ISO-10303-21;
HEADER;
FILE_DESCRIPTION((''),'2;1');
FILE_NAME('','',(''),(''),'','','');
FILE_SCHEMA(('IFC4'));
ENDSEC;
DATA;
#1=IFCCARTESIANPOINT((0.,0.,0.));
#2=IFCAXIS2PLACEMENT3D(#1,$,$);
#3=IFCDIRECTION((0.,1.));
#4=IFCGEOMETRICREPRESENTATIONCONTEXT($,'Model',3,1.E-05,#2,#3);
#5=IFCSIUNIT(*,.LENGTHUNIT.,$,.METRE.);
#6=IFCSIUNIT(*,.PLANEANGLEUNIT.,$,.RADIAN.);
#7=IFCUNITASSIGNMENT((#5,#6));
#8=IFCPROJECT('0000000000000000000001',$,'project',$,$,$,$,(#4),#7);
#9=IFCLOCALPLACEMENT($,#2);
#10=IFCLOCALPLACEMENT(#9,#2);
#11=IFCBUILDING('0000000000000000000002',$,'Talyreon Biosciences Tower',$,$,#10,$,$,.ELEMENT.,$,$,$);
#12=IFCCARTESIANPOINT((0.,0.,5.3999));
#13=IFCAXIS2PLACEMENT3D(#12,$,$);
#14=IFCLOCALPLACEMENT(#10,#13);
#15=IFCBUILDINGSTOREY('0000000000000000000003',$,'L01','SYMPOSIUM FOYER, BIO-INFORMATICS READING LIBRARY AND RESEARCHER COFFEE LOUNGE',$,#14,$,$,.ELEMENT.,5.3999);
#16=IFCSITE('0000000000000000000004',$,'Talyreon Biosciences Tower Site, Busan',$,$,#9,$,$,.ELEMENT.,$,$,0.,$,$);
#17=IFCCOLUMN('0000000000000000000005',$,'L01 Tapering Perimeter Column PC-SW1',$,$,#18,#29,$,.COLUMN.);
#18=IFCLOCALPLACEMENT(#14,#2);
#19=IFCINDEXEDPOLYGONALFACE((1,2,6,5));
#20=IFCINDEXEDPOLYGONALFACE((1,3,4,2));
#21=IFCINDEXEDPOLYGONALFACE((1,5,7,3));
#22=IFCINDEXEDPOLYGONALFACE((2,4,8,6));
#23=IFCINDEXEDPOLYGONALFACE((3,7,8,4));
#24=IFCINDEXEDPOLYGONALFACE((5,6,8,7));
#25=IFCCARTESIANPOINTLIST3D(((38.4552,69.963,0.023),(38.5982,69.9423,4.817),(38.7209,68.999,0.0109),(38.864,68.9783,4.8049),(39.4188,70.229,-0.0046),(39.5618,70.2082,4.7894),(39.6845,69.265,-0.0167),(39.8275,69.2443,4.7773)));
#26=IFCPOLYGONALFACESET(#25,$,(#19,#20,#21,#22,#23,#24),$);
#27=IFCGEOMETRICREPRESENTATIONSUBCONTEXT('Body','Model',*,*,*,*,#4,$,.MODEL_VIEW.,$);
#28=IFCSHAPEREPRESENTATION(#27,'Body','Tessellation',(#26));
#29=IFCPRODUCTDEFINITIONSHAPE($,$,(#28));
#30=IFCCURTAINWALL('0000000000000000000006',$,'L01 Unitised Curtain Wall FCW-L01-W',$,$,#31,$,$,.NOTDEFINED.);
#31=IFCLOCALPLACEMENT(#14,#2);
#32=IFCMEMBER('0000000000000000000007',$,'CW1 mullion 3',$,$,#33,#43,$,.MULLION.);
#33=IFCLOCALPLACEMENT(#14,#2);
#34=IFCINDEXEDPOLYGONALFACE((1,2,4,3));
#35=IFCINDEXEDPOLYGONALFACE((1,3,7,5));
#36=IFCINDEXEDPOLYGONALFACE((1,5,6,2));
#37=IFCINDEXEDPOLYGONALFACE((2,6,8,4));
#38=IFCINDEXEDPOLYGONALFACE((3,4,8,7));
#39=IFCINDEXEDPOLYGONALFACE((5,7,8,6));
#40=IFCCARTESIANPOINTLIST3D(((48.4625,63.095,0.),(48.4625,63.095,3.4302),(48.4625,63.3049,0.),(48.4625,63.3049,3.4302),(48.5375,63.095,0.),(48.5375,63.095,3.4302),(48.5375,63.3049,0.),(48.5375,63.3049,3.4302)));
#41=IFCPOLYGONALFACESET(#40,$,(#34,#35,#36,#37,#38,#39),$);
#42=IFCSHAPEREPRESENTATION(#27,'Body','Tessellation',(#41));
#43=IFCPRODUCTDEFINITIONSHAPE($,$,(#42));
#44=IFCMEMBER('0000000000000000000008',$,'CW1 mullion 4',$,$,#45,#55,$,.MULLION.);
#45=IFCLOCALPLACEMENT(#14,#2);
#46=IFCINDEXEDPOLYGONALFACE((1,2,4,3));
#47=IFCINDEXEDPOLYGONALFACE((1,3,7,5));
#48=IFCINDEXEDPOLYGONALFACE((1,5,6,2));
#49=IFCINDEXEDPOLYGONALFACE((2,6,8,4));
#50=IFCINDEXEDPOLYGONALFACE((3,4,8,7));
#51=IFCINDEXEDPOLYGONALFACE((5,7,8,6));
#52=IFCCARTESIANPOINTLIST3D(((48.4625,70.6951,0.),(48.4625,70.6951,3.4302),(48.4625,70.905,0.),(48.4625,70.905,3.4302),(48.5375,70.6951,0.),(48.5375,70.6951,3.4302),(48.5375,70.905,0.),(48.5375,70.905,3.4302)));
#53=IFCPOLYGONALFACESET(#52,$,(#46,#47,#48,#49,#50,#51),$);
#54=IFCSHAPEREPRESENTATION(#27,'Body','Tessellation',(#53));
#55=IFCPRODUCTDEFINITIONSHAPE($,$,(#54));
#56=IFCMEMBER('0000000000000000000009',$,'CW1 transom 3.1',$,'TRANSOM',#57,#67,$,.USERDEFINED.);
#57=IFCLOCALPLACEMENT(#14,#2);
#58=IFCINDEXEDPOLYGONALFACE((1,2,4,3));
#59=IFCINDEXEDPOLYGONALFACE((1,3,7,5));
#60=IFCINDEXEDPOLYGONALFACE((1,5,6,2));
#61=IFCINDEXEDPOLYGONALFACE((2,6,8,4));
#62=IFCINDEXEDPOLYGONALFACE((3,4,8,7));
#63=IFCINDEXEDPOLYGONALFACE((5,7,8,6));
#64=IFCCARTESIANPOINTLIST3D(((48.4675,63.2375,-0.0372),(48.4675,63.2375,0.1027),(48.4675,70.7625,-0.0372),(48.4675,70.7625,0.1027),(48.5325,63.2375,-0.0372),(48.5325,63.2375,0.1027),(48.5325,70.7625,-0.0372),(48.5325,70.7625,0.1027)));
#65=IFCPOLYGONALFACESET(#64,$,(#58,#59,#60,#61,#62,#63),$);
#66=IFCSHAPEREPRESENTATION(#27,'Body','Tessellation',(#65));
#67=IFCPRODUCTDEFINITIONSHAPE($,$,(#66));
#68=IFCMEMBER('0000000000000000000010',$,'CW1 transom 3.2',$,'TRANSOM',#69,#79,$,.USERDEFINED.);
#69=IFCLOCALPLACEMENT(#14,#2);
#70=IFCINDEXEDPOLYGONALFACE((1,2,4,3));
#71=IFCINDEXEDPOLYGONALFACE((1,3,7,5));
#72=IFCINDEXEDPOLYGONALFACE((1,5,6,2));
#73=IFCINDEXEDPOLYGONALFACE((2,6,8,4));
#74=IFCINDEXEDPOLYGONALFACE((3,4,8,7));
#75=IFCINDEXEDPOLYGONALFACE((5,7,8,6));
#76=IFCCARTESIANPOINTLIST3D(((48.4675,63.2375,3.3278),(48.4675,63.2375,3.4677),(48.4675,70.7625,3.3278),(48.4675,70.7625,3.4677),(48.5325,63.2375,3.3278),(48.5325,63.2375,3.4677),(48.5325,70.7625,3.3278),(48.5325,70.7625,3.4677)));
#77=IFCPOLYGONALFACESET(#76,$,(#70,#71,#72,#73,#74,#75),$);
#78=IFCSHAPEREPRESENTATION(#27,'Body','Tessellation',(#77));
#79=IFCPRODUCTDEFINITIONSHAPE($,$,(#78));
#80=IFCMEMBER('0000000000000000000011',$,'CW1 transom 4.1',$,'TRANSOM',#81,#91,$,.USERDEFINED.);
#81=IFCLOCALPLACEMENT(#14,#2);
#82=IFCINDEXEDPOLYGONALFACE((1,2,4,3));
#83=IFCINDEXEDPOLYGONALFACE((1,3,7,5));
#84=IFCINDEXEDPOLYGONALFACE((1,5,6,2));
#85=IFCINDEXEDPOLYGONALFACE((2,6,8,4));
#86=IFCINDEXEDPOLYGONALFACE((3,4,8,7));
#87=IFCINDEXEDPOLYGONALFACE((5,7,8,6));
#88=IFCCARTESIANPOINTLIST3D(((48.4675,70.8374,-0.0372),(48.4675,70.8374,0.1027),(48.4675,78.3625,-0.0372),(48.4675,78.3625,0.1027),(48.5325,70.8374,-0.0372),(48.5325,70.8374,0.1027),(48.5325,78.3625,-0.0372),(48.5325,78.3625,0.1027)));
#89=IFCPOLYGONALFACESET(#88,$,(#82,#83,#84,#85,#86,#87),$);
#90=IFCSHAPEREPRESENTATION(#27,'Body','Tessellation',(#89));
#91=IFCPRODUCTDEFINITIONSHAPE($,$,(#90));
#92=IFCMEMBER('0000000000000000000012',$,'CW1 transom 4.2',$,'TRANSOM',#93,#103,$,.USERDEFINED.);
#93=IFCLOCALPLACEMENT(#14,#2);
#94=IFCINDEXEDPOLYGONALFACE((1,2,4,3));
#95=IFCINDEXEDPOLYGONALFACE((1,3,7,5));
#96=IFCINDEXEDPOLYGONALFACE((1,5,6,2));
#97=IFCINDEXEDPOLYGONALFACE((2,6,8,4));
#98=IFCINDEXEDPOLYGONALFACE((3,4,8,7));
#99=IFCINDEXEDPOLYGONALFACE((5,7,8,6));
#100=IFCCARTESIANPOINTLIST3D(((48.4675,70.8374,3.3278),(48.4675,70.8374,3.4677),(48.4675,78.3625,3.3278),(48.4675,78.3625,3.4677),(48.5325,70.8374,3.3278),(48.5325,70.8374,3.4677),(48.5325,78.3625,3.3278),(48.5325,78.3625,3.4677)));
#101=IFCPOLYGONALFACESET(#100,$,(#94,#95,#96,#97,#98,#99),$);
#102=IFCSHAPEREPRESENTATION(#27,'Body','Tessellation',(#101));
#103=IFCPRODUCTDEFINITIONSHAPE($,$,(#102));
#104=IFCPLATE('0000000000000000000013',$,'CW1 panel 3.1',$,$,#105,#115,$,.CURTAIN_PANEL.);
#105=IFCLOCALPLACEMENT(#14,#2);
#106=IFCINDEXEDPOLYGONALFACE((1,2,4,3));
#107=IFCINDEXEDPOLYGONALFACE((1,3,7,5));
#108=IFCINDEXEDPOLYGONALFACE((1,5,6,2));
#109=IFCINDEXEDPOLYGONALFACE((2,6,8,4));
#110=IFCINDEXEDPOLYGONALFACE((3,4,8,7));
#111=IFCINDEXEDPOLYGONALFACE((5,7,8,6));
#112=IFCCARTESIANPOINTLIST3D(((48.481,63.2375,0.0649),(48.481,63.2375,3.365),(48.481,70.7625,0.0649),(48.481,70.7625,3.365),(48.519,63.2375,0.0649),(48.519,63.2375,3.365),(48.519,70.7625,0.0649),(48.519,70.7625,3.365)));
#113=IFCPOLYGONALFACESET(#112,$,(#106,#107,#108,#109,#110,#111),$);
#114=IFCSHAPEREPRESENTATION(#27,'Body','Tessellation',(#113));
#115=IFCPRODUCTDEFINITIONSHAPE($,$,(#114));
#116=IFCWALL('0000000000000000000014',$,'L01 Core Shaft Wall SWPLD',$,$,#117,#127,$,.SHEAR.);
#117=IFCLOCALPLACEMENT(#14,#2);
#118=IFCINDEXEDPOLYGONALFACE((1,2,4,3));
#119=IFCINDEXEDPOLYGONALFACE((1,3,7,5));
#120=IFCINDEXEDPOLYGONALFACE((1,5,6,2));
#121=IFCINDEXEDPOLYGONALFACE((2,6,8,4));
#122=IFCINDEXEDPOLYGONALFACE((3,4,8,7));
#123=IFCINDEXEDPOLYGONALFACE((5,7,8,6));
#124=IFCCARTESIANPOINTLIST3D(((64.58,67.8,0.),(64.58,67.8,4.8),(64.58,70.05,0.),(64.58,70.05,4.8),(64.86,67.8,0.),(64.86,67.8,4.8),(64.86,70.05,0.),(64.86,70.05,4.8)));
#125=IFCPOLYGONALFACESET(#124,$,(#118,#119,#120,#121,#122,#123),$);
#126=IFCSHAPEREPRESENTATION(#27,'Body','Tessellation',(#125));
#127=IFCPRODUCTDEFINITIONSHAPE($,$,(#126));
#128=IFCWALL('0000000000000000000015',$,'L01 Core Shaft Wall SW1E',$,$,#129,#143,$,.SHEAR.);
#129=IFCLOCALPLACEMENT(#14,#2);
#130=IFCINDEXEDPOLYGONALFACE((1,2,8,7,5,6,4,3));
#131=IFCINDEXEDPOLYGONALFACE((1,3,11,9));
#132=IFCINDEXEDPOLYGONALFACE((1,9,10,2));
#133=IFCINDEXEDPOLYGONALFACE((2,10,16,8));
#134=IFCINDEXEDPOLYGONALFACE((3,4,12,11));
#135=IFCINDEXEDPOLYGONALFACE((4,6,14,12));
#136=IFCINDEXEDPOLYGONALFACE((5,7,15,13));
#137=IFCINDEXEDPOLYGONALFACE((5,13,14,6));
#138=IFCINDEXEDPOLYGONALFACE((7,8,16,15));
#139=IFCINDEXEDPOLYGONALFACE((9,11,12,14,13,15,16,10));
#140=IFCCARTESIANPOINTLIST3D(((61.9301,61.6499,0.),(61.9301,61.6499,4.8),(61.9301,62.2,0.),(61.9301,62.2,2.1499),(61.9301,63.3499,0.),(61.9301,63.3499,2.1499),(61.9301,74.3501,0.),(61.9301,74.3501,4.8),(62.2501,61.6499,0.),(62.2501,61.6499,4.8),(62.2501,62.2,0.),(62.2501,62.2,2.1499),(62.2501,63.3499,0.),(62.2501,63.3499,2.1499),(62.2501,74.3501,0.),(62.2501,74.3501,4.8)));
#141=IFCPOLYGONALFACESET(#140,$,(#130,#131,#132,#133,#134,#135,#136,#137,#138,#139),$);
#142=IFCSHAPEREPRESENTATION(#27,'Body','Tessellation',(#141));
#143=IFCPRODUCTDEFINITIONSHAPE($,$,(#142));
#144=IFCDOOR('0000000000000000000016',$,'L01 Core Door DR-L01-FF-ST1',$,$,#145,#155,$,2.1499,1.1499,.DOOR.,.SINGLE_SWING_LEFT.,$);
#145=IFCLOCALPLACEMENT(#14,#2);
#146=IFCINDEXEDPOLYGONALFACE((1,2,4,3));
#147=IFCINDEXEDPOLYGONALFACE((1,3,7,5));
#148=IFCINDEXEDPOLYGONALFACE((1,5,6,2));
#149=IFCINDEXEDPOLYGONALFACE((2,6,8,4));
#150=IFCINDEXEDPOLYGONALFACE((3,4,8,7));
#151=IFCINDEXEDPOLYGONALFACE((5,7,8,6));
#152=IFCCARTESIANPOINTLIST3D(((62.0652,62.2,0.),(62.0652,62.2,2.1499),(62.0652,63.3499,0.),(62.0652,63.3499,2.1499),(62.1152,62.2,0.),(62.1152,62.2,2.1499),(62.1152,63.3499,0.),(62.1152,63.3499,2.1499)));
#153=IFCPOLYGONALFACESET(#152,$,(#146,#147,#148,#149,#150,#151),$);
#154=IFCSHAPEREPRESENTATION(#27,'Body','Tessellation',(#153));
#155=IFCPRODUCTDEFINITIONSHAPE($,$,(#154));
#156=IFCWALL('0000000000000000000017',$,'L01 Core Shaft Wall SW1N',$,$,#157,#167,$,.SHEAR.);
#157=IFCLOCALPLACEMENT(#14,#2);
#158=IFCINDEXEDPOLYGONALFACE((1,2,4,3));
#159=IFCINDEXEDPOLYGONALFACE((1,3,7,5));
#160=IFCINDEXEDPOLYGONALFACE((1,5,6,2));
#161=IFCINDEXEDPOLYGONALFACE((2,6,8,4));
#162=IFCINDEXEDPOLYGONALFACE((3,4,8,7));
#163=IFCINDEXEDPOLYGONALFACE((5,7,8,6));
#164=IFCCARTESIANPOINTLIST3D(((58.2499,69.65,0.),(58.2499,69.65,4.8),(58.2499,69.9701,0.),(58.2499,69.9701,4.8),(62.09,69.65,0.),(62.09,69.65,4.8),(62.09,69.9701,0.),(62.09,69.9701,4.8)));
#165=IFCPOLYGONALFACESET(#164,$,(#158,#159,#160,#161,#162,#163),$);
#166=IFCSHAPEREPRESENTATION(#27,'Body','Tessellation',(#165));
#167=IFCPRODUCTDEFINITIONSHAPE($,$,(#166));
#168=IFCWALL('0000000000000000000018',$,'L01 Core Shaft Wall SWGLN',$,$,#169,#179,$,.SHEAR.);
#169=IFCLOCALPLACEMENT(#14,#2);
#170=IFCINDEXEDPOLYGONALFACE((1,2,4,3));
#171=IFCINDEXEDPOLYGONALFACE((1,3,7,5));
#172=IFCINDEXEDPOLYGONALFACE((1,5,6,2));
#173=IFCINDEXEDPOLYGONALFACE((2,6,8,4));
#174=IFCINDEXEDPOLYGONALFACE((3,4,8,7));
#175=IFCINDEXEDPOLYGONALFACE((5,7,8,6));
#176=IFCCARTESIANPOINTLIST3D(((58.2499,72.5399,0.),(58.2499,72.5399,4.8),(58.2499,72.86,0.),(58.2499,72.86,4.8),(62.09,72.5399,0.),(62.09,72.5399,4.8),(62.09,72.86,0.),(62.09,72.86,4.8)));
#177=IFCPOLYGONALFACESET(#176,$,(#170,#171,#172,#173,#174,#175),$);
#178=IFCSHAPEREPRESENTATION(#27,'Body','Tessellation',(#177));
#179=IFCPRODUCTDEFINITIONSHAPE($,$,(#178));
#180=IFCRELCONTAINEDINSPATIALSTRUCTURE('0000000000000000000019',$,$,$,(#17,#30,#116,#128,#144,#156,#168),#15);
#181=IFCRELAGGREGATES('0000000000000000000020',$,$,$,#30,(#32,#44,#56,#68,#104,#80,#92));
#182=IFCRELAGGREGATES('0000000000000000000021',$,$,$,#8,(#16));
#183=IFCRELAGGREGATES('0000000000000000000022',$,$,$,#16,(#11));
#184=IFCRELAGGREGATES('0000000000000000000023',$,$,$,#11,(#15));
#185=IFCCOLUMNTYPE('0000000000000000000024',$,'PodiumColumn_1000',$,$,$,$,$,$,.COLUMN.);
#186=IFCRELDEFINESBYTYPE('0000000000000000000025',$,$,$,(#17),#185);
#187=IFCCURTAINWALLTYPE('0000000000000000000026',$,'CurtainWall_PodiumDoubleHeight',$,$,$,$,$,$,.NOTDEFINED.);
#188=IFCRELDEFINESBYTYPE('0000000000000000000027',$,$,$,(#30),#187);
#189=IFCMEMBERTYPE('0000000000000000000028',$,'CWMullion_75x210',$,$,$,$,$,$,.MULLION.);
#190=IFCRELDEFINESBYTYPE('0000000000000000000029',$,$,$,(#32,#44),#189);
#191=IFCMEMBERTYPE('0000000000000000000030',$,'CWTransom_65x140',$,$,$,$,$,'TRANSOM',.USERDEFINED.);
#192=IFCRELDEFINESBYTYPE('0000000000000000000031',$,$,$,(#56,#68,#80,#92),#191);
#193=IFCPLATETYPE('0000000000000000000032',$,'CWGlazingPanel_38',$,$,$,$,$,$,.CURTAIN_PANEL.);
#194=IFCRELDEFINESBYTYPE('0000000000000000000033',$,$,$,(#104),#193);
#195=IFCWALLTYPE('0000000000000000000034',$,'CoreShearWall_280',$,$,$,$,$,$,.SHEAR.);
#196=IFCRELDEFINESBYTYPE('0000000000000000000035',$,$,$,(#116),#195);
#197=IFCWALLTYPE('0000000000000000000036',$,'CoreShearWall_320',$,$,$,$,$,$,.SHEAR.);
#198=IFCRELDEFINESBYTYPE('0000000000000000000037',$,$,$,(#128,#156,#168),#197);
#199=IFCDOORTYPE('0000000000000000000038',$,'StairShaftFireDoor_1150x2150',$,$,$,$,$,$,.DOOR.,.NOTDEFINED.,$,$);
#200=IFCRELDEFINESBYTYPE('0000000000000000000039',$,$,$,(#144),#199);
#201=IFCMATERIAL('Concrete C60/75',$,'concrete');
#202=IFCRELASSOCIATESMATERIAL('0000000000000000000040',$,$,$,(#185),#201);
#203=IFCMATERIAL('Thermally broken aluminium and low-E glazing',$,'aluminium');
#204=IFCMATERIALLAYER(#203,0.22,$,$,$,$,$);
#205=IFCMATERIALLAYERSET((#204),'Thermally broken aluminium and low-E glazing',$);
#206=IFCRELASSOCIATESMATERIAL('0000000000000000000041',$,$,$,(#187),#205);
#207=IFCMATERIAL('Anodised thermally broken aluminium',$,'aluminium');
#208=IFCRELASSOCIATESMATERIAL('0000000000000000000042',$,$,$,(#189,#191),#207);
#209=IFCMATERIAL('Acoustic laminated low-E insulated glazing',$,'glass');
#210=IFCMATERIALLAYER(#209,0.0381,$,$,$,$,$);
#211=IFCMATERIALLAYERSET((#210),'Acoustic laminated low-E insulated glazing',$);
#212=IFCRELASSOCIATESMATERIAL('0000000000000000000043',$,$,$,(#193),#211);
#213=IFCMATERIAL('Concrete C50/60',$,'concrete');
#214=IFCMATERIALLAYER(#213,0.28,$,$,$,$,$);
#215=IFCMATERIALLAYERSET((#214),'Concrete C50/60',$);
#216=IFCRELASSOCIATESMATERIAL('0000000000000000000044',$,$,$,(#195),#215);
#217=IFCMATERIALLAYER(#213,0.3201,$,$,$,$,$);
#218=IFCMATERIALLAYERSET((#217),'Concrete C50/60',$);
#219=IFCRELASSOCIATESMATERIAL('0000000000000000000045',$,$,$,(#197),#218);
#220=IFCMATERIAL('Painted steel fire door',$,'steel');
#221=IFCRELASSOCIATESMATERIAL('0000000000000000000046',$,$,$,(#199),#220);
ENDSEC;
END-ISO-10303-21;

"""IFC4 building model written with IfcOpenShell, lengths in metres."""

from ifc_helpers import new_model, si_unit, direction, frame, frame_2d, origin, origin_2d, place, context, subcontext, project, spatial, rectangle, extrude, material, layer, layer_set, material_profile, profile_set, type_object, element, fill, aggregate, save


model = new_model("IFC4")

# Units and contexts
model_context = context("Model", 3, precision=1e-05, world=origin(), true_north=direction((0.0, 1.0)))
body_context = subcontext(model_context, "Body", "Model", "MODEL_VIEW")
ifc_project = project(units=[si_unit("LENGTHUNIT", "METRE"), si_unit("PLANEANGLEUNIT", "RADIAN")], contexts=[model_context])

# Site, building, storey
site_placement = place(None, origin())
site = spatial("IfcSite", under=ifc_project, at=site_placement, Name="Talyreon Biosciences Tower Site, Busan", CompositionType="ELEMENT", RefElevation=0.0)
building_placement = place(site_placement, origin())
building = spatial("IfcBuilding", under=site, at=building_placement, Name="Talyreon Biosciences Tower", CompositionType="ELEMENT")
storey_placement = place(building_placement, frame((0.0, 0.0, 5.3999)))
storey = spatial("IfcBuildingStorey", under=building, at=storey_placement, Name="L01", Description="SYMPOSIUM FOYER, BIO-INFORMATICS READING LIBRARY AND RESEARCHER COFFEE LOUNGE", CompositionType="ELEMENT", Elevation=5.3999)

# Column
ifc_material_1 = material(Name="Concrete C60/75", Category="concrete")
ifc_material_profile_1 = material_profile(ifc_material_1, rectangle(XDim=1.0, YDim=1.0, at=origin_2d()), Name="RC 1000x1000")
ifc_profile_set_1 = profile_set([ifc_material_profile_1], Name="Concrete C60/75")
column_type = type_object("IfcColumnType", Name="PodiumColumn_1000", PredefinedType="COLUMN", material=ifc_profile_set_1)
column_placement = place(storey_placement, frame((39.0698, 69.614, 0.0032), z_axis=(0.02983, -0.004327, 0.999546), x_axis=(0.963587, 0.265965, -0.027605)))
element("IfcColumn", 1, at=column_placement, inside=storey, type_object=column_type, Name="L01 Tapering Perimeter Column PC-SW1", PredefinedType="COLUMN", context=body_context, shape_type="SweptSolid", body=[
    extrude(rectangle(XDim=1.0, YDim=1.0, at=origin_2d()), origin(), (0.0, 0.0, 1.0), 4.7961),
])

# Curtain wall, members, plate
ifc_material_2 = material(Name="Thermally broken aluminium and low-E glazing", Category="aluminium")
ifc_layer_1 = layer(ifc_material_2, 0.22)
ifc_layer_set_1 = layer_set([ifc_layer_1], Name="Thermally broken aluminium and low-E glazing")
curtain_wall_type = type_object("IfcCurtainWallType", Name="CurtainWall_PodiumDoubleHeight", PredefinedType="NOTDEFINED", material=ifc_layer_set_1)
curtain_wall_placement = place(storey_placement, origin())
curtain_wall = element("IfcCurtainWall", 2, at=curtain_wall_placement, inside=storey, type_object=curtain_wall_type, Name="L01 Unitised Curtain Wall FCW-L01-W", PredefinedType="NOTDEFINED")
ifc_material_3 = material(Name="Anodised thermally broken aluminium", Category="aluminium")
ifc_material_profile_2 = material_profile(ifc_material_3, rectangle(XDim=0.075, YDim=0.21, at=origin_2d()), Name="ALUM MULLION 75x210")
ifc_profile_set_2 = profile_set([ifc_material_profile_2], Name="Anodised thermally broken aluminium")
member_type_1 = type_object("IfcMemberType", Name="CWMullion_75x210", PredefinedType="MULLION", material=ifc_profile_set_2)
member_1_placement = place(storey_placement, frame((48.5, 63.2, 0.0), z_axis=(0.0, 0.0, 1.0), x_axis=(-1.0, 0.0, 0.0)))
member_1 = element("IfcMember", 3, at=member_1_placement, type_object=member_type_1, Name="CW1 mullion 3", PredefinedType="MULLION", context=body_context, shape_type="SweptSolid", body=[
    extrude(rectangle(XDim=0.075, YDim=0.21, at=origin_2d()), origin(), (0.0, 0.0, 1.0), 3.4302),
])
member_2_placement = place(storey_placement, frame((48.5, 70.8, 0.0), z_axis=(0.0, 0.0, 1.0), x_axis=(-1.0, 0.0, 0.0)))
member_2 = element("IfcMember", 4, at=member_2_placement, type_object=member_type_1, Name="CW1 mullion 4", PredefinedType="MULLION", context=body_context, shape_type="SweptSolid", body=[
    extrude(rectangle(XDim=0.075, YDim=0.21, at=origin_2d()), origin(), (0.0, 0.0, 1.0), 3.4302),
])
ifc_material_profile_3 = material_profile(ifc_material_3, rectangle(XDim=0.0649, YDim=0.1399, at=origin_2d()), Name="ALUM TRANSOM 65x140")
ifc_profile_set_3 = profile_set([ifc_material_profile_3], Name="Anodised thermally broken aluminium")
member_type_2 = type_object("IfcMemberType", Name="CWTransom_65x140", ElementType="TRANSOM", PredefinedType="USERDEFINED", material=ifc_profile_set_3)
member_3_placement = place(storey_placement, frame((48.5, 63.2375, 0.0327), z_axis=(0.0, 1.0, 0.0), x_axis=(-1.0, 0.0, 0.0)))
member_3 = element("IfcMember", 5, at=member_3_placement, type_object=member_type_2, Name="CW1 transom 3.1", ObjectType="TRANSOM", PredefinedType="USERDEFINED", context=body_context, shape_type="SweptSolid", body=[
    extrude(rectangle(XDim=0.0649, YDim=0.1399, at=origin_2d()), origin(), (0.0, 0.0, 1.0), 7.5249),
])
member_4_placement = place(storey_placement, frame((48.5, 63.2375, 3.3977), z_axis=(0.0, 1.0, 0.0), x_axis=(-1.0, 0.0, 0.0)))
member_4 = element("IfcMember", 6, at=member_4_placement, type_object=member_type_2, Name="CW1 transom 3.2", ObjectType="TRANSOM", PredefinedType="USERDEFINED", context=body_context, shape_type="SweptSolid", body=[
    extrude(rectangle(XDim=0.0649, YDim=0.1399, at=origin_2d()), origin(), (0.0, 0.0, 1.0), 7.5249),
])
member_5_placement = place(storey_placement, frame((48.5, 70.8374, 0.0327), z_axis=(0.0, 1.0, 0.0), x_axis=(-1.0, 0.0, 0.0)))
member_5 = element("IfcMember", 7, at=member_5_placement, type_object=member_type_2, Name="CW1 transom 4.1", ObjectType="TRANSOM", PredefinedType="USERDEFINED", context=body_context, shape_type="SweptSolid", body=[
    extrude(rectangle(XDim=0.0649, YDim=0.1399, at=origin_2d()), origin(), (0.0, 0.0, 1.0), 7.5251),
])
member_6_placement = place(storey_placement, frame((48.5, 70.8374, 3.3977), z_axis=(0.0, 1.0, 0.0), x_axis=(-1.0, 0.0, 0.0)))
member_6 = element("IfcMember", 8, at=member_6_placement, type_object=member_type_2, Name="CW1 transom 4.2", ObjectType="TRANSOM", PredefinedType="USERDEFINED", context=body_context, shape_type="SweptSolid", body=[
    extrude(rectangle(XDim=0.0649, YDim=0.1399, at=origin_2d()), origin(), (0.0, 0.0, 1.0), 7.5251),
])
ifc_material_4 = material(Name="Acoustic laminated low-E insulated glazing", Category="glass")
ifc_layer_2 = layer(ifc_material_4, 0.0381)
ifc_layer_set_2 = layer_set([ifc_layer_2], Name="Acoustic laminated low-E insulated glazing")
plate_type = type_object("IfcPlateType", Name="CWGlazingPanel_38", PredefinedType="CURTAIN_PANEL", material=ifc_layer_set_2)
plate_placement = place(storey_placement, frame((48.5, 67.0, 0.0649), z_axis=(0.0, 0.0, 1.0), x_axis=(0.0, 1.0, 0.0)))
plate = element("IfcPlate", 9, at=plate_placement, type_object=plate_type, Name="CW1 panel 3.1", PredefinedType="CURTAIN_PANEL", context=body_context, shape_type="SweptSolid", body=[
    extrude(rectangle(XDim=7.5249, YDim=0.0381, at=origin_2d()), origin(), (0.0, 0.0, 1.0), 3.3),
])
aggregate(curtain_wall, [member_1, member_2, member_3, member_4, plate, member_5, member_6])

# Wall
ifc_material_5 = material(Name="Concrete C50/60", Category="concrete")
ifc_layer_3 = layer(ifc_material_5, 0.28)
ifc_layer_set_3 = layer_set([ifc_layer_3], Name="Concrete C50/60")
wall_type_1 = type_object("IfcWallType", Name="CoreShearWall_280", PredefinedType="SHEAR", material=ifc_layer_set_3)
wall_1_placement = place(storey_placement, frame((64.72, 67.8, 0.0), z_axis=(0.0, 0.0, 1.0), x_axis=(0.0, 1.0, 0.0)))
element("IfcWall", 10, at=wall_1_placement, inside=storey, type_object=wall_type_1, Name="L01 Core Shaft Wall SWPLD", PredefinedType="SHEAR", context=body_context, shape_type="SweptSolid", body=[
    extrude(rectangle(XDim=2.25, YDim=0.28, at=frame_2d((1.125, 0.0))), origin(), (0.0, 0.0, 1.0), 4.8),
])

# Wall, opening, door
ifc_layer_4 = layer(ifc_material_5, 0.3201)
ifc_layer_set_4 = layer_set([ifc_layer_4], Name="Concrete C50/60")
wall_type_2 = type_object("IfcWallType", Name="CoreShearWall_320", PredefinedType="SHEAR", material=ifc_layer_set_4)
wall_2_placement = place(storey_placement, frame((62.0901, 61.6499, 0.0), z_axis=(0.0, 0.0, 1.0), x_axis=(0.0, 1.0, 0.0)))
wall_2 = element("IfcWall", 11, at=wall_2_placement, inside=storey, type_object=wall_type_2, Name="L01 Core Shaft Wall SW1E", PredefinedType="SHEAR", context=body_context, shape_type="SweptSolid", body=[
    extrude(rectangle(XDim=12.7002, YDim=0.3201, at=frame_2d((6.3501, 0.0))), origin(), (0.0, 0.0, 1.0), 4.8),
])
opening_1_placement = place(wall_2_placement, frame((0.55, 0.0, 0.0)))
opening_1 = element("IfcOpeningElement", 12, at=opening_1_placement, cuts=wall_2, PredefinedType="OPENING", context=body_context, shape_type="SweptSolid", body=[
    extrude(rectangle(XDim=1.1499, YDim=2.1499, at=frame_2d((0.575, 1.075))), frame((0.0, 0.1699, 0.0), z_axis=(0.0, -1.0, 0.0), x_axis=(1.0, 0.0, 0.0)), (0.0, 0.0, 1.0), 0.3401),
])
ifc_material_6 = material(Name="Painted steel fire door", Category="steel")
door_type_1 = type_object("IfcDoorType", Name="StairShaftFireDoor_1150x2150", OperationType="NOTDEFINED", PredefinedType="DOOR", material=ifc_material_6)
door_1_placement = place(opening_1_placement, origin())
door_1 = element("IfcDoor", 13, at=door_1_placement, inside=storey, type_object=door_type_1, Name="L01 Core Door DR-L01-FF-ST1", OperationType="SINGLE_SWING_LEFT", OverallHeight=2.1499, OverallWidth=1.1499, PredefinedType="DOOR", context=body_context, shape_type="SweptSolid", body=[
    extrude(rectangle(XDim=1.1499, YDim=2.1499, at=frame_2d((0.575, 1.075))), frame((0.0, 0.0249, 0.0), z_axis=(0.0, -1.0, 0.0), x_axis=(1.0, 0.0, 0.0)), (0.0, 0.0, 1.0), 0.05),
])
fill(opening_1, door_1)

# Walls
for number, where, z_axis, x_axis, name in (
    (14, (58.25, 69.8101, 0.0), (0.0, 0.0, 1.0), (1.0, 0.0, 0.0), "L01 Core Shaft Wall SW1N"),
    (15, (58.25, 72.7, 0.0), (0.0, 0.0, 1.0), (1.0, 0.0, 0.0), "L01 Core Shaft Wall SWGLN"),
):
    element("IfcWall", number, at=place(storey_placement, frame(where, z_axis=z_axis, x_axis=x_axis)), inside=storey, type_object=wall_type_2, Name=name, PredefinedType="SHEAR", context=body_context, shape_type="SweptSolid", body=[
        extrude(rectangle(XDim=3.8401, YDim=0.3201, at=frame_2d((1.9199, 0.0))), origin(), (0.0, 0.0, 1.0), 4.8),
    ])

save(model, "model.ifc")
